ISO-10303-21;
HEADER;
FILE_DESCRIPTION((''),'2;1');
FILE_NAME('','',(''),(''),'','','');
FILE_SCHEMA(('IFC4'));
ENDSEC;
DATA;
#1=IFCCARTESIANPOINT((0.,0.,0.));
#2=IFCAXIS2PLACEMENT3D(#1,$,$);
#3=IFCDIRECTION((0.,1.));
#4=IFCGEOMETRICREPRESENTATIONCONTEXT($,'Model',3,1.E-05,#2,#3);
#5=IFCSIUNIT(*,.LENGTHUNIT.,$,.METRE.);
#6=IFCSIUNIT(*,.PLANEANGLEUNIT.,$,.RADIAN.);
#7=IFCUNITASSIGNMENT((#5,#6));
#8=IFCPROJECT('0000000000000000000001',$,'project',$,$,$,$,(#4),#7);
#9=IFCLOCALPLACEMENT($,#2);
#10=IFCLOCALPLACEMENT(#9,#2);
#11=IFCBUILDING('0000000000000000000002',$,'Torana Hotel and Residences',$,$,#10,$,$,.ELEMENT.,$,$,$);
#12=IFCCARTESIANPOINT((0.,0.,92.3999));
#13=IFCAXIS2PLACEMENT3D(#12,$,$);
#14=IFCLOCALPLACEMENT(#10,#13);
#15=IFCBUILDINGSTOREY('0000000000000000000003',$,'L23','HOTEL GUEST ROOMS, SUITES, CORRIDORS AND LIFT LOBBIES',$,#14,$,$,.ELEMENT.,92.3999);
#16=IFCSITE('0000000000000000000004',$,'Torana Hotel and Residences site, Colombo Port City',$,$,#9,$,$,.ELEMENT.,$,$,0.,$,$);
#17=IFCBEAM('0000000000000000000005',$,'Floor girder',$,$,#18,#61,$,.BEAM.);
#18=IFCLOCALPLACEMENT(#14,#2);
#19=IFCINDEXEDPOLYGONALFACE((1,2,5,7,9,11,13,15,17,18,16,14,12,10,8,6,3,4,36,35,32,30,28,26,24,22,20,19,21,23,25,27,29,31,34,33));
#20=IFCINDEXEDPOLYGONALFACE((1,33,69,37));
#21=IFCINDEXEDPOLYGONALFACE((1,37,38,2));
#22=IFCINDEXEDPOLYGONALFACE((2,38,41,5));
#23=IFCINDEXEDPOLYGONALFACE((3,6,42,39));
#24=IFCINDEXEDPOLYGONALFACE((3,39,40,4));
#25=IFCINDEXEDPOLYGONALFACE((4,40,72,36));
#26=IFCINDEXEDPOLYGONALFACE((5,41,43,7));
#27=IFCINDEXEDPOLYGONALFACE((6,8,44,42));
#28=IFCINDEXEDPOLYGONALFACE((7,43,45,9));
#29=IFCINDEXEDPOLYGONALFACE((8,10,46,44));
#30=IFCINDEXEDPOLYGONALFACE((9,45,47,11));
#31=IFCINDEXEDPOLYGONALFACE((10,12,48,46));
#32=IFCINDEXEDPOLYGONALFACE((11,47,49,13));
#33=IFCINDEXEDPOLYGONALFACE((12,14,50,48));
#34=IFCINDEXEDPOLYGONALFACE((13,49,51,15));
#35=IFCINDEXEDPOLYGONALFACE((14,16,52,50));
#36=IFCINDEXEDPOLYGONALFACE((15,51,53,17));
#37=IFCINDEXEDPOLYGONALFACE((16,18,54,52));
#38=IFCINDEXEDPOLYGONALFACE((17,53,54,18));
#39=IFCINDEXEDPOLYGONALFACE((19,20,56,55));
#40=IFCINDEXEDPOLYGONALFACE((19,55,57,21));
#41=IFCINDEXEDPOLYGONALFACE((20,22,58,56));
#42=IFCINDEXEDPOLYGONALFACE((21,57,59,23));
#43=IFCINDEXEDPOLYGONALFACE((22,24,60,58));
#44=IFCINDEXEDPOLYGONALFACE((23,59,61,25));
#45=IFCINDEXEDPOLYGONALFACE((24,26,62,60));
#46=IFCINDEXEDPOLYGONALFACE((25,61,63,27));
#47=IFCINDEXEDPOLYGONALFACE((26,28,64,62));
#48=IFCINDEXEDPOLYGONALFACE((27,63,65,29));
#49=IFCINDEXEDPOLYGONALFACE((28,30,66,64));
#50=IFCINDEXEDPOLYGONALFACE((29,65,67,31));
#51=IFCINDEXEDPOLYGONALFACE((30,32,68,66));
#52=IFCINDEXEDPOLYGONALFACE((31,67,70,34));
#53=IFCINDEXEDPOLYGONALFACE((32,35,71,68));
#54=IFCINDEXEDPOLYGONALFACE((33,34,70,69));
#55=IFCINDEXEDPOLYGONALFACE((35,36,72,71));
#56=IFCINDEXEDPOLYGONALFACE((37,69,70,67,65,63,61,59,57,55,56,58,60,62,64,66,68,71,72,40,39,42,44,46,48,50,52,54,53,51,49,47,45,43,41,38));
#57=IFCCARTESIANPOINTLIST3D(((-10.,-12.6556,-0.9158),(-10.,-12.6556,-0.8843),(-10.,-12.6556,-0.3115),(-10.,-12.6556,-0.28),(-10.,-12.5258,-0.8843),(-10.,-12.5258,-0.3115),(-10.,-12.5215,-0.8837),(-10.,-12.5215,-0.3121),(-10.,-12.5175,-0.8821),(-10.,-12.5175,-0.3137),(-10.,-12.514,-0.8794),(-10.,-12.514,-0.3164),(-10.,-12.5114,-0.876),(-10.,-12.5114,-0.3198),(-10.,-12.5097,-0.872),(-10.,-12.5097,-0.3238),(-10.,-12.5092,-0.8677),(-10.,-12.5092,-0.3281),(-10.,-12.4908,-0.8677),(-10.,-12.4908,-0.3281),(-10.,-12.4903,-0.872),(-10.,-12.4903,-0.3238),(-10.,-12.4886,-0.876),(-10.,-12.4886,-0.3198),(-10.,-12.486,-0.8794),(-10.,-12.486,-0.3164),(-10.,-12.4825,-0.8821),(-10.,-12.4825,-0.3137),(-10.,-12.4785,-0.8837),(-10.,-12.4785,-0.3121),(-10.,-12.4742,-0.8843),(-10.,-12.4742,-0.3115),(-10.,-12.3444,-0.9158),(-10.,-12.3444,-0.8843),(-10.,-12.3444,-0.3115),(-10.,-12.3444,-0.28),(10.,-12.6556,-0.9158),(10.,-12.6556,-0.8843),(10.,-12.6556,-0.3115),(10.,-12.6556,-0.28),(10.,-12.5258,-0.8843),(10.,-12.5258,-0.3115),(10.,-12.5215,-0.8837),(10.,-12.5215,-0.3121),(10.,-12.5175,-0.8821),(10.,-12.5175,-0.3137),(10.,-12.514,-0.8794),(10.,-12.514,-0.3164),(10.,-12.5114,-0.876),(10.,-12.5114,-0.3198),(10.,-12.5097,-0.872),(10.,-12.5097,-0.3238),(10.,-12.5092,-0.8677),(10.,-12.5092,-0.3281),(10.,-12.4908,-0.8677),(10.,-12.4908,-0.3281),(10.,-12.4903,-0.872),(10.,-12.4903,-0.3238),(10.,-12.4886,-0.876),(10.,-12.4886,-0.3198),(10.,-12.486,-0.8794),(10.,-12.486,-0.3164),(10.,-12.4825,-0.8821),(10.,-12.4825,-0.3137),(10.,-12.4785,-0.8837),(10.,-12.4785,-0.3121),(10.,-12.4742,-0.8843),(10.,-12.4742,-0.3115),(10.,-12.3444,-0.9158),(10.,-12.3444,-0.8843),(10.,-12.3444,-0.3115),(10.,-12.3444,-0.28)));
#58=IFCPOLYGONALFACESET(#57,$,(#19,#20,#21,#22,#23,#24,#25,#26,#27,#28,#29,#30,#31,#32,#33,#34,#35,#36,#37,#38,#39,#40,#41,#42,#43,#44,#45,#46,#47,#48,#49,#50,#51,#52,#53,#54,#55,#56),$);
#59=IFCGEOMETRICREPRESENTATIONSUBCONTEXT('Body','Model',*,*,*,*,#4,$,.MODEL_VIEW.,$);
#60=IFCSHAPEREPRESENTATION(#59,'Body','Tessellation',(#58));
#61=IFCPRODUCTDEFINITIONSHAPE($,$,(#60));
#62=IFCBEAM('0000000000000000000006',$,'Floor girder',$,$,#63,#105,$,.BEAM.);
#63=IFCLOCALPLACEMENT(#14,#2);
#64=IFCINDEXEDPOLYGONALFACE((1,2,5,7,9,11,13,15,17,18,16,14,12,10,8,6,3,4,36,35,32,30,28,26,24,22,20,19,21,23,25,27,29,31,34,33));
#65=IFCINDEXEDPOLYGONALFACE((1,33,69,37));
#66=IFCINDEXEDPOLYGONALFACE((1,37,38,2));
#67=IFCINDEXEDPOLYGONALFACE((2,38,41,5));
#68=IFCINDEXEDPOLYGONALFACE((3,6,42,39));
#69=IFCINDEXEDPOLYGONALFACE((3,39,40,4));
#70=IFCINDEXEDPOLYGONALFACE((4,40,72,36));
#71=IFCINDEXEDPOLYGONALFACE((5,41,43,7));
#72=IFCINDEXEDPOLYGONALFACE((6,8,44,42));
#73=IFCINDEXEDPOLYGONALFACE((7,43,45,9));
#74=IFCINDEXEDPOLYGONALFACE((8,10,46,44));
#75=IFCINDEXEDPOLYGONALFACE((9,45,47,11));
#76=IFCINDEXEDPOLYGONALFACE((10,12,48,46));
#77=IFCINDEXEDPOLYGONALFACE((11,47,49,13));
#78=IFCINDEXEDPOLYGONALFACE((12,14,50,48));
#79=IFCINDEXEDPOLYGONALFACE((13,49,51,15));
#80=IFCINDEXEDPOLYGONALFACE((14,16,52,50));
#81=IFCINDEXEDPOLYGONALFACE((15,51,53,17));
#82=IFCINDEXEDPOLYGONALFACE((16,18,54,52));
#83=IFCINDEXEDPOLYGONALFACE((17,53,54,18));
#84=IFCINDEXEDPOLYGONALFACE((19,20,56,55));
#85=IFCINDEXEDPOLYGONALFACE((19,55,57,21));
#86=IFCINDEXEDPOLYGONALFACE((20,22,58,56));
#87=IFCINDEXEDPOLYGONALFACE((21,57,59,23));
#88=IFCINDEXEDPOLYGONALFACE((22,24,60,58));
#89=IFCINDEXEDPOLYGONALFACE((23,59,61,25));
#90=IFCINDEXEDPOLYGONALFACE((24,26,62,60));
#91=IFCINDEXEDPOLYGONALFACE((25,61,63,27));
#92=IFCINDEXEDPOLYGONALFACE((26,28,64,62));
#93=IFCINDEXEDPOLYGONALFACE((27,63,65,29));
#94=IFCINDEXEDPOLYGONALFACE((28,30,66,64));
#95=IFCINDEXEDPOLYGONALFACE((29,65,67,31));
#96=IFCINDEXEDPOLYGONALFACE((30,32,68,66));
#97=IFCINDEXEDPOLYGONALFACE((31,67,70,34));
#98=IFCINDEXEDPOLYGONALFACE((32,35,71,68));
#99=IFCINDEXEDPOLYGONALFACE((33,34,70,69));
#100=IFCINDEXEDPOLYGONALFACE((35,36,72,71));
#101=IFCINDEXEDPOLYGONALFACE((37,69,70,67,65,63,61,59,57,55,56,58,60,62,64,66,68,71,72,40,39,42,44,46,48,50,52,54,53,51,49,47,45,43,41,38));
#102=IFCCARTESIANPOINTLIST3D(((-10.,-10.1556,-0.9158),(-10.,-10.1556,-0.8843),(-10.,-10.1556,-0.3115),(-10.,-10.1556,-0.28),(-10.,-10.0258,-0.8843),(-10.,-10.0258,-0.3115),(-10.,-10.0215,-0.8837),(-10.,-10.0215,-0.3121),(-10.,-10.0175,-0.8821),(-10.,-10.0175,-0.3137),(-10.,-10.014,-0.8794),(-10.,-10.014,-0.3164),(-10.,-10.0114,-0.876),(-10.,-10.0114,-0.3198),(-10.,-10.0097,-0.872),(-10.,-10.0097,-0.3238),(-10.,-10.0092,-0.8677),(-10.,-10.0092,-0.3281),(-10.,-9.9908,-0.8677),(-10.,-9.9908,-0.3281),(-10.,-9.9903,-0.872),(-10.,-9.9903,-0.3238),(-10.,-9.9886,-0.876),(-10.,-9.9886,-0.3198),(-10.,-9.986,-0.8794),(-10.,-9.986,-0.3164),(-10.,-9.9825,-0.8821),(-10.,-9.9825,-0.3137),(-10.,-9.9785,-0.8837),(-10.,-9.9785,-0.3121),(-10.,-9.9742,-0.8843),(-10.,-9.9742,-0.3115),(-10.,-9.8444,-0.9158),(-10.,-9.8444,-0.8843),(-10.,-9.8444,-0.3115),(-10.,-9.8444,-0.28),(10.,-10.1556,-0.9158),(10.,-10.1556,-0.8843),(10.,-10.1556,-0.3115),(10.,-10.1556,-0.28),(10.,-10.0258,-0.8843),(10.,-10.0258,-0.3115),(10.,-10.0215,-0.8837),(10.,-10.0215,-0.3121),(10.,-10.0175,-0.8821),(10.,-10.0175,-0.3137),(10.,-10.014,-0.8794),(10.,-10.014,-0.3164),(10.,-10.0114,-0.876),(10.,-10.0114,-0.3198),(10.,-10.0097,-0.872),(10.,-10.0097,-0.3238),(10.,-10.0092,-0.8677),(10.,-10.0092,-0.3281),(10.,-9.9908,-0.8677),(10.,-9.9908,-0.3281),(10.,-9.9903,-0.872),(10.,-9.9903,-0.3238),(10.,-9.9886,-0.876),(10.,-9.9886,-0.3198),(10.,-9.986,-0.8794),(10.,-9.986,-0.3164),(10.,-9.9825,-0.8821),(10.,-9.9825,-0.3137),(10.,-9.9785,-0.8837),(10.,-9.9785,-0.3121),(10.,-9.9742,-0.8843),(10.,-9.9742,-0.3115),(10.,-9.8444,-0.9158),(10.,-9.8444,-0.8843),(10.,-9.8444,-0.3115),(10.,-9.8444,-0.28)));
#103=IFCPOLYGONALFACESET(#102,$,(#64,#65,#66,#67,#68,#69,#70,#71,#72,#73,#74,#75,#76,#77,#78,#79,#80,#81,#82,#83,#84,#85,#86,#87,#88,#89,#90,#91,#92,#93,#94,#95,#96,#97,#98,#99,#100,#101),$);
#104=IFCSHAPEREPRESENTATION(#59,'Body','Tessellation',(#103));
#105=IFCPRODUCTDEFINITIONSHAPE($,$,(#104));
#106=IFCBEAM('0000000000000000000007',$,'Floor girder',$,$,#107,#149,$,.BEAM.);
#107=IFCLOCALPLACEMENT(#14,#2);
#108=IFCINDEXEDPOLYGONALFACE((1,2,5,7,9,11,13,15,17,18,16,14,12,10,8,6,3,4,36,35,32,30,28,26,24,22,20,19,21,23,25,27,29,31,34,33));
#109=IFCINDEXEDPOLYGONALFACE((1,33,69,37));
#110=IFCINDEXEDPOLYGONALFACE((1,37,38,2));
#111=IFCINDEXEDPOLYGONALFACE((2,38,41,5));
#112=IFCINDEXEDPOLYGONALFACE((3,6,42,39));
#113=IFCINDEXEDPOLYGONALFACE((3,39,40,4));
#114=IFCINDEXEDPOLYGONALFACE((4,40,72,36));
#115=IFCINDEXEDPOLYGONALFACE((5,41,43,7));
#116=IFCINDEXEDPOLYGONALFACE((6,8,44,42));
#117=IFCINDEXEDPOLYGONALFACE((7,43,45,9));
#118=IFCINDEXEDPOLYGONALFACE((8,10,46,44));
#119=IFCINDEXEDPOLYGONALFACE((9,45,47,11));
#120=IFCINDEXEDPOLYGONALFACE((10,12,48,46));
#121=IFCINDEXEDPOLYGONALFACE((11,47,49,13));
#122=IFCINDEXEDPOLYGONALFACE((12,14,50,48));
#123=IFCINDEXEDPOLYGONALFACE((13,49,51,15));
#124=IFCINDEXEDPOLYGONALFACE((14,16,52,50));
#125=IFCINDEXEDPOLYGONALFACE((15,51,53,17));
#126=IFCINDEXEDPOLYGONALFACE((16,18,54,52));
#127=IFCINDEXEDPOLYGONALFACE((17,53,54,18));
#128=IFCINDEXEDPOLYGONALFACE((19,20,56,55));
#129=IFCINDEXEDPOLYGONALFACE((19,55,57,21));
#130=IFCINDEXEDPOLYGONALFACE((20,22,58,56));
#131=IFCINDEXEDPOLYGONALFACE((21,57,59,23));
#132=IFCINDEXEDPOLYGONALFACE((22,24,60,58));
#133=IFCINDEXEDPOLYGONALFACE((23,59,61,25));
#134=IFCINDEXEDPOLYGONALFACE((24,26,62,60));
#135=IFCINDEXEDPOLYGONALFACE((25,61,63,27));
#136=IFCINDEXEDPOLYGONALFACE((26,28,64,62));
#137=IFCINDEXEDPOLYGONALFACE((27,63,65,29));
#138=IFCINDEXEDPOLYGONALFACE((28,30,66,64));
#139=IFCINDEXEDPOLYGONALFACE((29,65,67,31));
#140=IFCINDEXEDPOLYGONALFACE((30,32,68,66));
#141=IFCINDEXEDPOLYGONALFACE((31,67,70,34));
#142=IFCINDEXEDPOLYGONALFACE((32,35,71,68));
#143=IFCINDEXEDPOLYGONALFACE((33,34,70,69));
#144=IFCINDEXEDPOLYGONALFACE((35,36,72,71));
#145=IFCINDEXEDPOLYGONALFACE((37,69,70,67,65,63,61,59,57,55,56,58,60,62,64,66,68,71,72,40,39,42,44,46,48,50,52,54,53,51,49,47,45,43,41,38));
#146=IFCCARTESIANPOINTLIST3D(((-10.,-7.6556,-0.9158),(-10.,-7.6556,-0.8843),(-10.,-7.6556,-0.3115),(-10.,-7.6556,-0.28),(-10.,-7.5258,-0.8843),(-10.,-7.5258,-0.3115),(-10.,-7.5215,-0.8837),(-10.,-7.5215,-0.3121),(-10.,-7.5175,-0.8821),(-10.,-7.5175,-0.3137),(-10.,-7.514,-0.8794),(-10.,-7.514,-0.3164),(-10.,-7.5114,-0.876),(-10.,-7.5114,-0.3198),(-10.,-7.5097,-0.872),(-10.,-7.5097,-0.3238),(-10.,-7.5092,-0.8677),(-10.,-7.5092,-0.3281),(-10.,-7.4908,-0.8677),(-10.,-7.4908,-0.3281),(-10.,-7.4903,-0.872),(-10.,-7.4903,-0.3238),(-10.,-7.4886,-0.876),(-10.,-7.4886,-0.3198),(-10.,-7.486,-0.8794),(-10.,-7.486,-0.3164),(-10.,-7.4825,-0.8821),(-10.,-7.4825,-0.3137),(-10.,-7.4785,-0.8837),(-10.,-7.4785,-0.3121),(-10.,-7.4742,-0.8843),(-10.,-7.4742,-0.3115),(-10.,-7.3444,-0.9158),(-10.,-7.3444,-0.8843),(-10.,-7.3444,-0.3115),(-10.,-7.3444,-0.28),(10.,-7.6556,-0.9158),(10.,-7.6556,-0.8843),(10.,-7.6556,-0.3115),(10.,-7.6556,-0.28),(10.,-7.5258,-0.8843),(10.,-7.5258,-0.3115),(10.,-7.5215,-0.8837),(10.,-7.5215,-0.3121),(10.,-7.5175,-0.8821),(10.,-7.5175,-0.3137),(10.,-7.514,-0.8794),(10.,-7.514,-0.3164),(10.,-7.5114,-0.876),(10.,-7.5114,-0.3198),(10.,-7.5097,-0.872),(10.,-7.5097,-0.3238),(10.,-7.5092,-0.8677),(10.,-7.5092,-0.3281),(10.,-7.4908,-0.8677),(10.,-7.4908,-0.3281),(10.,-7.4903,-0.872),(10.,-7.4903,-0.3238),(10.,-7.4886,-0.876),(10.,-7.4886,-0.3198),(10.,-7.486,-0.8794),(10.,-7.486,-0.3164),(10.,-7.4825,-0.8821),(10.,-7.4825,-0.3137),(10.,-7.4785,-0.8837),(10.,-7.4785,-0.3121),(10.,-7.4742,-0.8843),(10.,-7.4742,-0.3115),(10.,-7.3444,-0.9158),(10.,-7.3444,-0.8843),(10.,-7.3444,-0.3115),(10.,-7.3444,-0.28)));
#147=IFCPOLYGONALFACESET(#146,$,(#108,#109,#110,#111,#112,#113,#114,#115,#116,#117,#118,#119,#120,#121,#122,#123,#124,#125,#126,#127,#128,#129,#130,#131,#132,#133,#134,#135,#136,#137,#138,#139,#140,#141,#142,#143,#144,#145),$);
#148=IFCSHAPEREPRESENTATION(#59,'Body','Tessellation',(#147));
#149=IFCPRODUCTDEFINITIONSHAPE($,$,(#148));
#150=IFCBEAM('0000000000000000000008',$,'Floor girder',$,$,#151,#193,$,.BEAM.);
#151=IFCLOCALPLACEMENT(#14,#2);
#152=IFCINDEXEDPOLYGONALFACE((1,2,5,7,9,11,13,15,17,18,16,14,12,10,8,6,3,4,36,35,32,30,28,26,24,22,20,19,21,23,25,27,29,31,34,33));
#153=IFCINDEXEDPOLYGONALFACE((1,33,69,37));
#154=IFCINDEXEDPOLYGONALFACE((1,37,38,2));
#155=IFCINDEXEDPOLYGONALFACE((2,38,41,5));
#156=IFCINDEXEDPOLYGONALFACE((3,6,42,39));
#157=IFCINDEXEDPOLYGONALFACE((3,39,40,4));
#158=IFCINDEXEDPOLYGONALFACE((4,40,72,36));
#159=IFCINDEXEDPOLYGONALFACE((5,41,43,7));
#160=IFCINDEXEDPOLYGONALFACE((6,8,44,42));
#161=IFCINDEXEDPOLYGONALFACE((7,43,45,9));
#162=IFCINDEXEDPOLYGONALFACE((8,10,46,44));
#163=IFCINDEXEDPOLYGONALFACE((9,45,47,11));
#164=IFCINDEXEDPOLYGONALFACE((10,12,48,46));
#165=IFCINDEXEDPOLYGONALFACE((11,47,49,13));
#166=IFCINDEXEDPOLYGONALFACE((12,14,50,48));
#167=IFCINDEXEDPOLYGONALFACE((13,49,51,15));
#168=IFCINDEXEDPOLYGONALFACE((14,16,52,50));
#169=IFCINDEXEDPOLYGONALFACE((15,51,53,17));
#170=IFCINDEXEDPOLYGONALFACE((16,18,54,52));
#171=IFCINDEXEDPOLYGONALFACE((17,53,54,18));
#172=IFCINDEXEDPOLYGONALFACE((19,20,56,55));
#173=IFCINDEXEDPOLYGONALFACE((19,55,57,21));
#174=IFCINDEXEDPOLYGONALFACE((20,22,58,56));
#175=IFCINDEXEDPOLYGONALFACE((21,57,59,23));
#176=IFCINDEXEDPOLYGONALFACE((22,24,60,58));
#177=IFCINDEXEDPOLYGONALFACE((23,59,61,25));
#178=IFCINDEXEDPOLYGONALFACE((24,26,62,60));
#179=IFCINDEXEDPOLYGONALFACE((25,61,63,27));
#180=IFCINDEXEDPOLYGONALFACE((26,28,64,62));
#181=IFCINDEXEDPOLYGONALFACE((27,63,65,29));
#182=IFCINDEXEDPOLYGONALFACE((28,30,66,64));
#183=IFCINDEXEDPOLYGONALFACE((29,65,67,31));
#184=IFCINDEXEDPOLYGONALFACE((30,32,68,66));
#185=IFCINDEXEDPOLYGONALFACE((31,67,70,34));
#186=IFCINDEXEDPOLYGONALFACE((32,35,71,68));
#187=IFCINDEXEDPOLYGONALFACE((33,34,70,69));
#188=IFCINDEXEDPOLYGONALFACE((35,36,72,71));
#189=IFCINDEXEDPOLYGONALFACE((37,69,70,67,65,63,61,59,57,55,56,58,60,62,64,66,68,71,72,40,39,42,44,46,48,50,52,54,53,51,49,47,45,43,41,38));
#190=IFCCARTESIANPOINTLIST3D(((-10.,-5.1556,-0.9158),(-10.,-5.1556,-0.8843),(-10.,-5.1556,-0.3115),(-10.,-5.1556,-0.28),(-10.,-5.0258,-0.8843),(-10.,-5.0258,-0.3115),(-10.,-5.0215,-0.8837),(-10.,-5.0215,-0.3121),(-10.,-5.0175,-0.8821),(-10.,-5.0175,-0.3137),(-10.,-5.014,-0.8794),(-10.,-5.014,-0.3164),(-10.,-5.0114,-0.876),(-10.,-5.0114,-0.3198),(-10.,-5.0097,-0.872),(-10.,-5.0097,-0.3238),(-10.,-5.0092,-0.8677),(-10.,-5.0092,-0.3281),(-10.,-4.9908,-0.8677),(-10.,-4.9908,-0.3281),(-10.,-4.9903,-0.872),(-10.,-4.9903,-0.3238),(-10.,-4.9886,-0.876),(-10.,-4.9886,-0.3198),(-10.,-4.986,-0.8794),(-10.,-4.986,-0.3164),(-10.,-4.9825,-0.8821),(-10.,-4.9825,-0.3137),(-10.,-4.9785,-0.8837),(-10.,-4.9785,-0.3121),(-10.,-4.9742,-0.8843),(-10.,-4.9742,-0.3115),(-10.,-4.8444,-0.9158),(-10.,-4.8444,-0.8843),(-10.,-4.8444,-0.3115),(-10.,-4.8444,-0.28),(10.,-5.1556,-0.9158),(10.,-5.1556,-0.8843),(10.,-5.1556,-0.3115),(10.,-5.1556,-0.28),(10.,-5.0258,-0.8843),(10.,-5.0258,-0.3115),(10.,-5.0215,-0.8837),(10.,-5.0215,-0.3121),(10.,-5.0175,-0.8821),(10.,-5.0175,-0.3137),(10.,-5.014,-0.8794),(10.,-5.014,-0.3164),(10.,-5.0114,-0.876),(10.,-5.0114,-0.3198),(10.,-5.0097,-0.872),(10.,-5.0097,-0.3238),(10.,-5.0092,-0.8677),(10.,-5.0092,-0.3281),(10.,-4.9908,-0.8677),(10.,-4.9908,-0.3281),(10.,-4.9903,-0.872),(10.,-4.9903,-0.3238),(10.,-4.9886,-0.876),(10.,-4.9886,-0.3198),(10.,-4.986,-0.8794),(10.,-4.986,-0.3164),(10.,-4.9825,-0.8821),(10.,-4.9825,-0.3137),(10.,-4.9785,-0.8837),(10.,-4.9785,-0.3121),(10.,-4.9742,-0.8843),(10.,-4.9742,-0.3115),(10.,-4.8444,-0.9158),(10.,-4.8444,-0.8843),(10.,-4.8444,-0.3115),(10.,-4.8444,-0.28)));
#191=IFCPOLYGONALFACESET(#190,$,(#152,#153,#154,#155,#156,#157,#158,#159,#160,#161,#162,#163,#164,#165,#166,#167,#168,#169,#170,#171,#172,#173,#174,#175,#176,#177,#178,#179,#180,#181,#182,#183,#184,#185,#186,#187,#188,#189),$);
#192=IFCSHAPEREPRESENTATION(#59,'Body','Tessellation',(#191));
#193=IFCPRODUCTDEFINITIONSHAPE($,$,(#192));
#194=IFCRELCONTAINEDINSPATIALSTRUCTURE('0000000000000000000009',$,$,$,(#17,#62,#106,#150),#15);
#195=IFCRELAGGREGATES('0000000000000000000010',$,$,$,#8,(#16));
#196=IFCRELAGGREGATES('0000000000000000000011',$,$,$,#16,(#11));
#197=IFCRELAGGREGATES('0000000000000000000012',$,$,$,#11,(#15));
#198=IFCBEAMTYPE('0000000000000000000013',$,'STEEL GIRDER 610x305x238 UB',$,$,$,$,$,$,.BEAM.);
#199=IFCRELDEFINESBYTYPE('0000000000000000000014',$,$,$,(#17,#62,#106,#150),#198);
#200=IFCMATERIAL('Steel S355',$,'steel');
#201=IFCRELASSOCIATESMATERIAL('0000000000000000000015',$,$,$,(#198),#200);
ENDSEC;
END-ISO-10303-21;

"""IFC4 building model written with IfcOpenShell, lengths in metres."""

from ifc_helpers import new_model, si_unit, direction, frame, origin, origin_2d, place, context, subcontext, project, spatial, i_section, extrude, material, material_profile, profile_set, type_object, element, save


model = new_model("IFC4")

# Units and contexts
model_context = context("Model", 3, precision=1e-05, world=origin(), true_north=direction((0.0, 1.0)))
body_context = subcontext(model_context, "Body", "Model", "MODEL_VIEW")
ifc_project = project(units=[si_unit("LENGTHUNIT", "METRE"), si_unit("PLANEANGLEUNIT", "RADIAN")], contexts=[model_context])

# Site, building, storey
site_placement = place(None, origin())
site = spatial("IfcSite", under=ifc_project, at=site_placement, Name="Torana Hotel and Residences site, Colombo Port City", CompositionType="ELEMENT", RefElevation=0.0)
building_placement = place(site_placement, origin())
building = spatial("IfcBuilding", under=site, at=building_placement, Name="Torana Hotel and Residences", CompositionType="ELEMENT")
storey_placement = place(building_placement, frame((0.0, 0.0, 92.3999)))
storey = spatial("IfcBuildingStorey", under=building, at=storey_placement, Name="L23", Description="HOTEL GUEST ROOMS, SUITES, CORRIDORS AND LIFT LOBBIES", CompositionType="ELEMENT", Elevation=92.3999)

# Beams
ifc_material_1 = material(Name="Steel S355", Category="steel")
ifc_material_profile = material_profile(ifc_material_1, i_section(OverallWidth=0.3113, OverallDepth=0.6357, WebThickness=0.0183, FlangeThickness=0.0315, FilletRadius=0.0166, at=origin_2d()), Name="610x305x238 UB")
ifc_profile_set = profile_set([ifc_material_profile], Name="Steel S355")
beam_type = type_object("IfcBeamType", Name="STEEL GIRDER 610x305x238 UB", PredefinedType="BEAM", material=ifc_profile_set)
for number, where, z_axis, x_axis, name in (
    (1, (-10.0, -12.5, -0.5979), (1.0, 0.0, 0.0), (0.0, 1.0, 0.0), "Floor girder"),
    (2, (-10.0, -10.0, -0.5979), (1.0, 0.0, 0.0), (0.0, 1.0, 0.0), "Floor girder"),
    (3, (-10.0, -7.5, -0.5979), (1.0, 0.0, 0.0), (0.0, 1.0, 0.0), "Floor girder"),
    (4, (-10.0, -5.0, -0.5979), (1.0, 0.0, 0.0), (0.0, 1.0, 0.0), "Floor girder"),
):
    element("IfcBeam", number, at=place(storey_placement, frame(where, z_axis=z_axis, x_axis=x_axis)), inside=storey, type_object=beam_type, Name=name, PredefinedType="BEAM", context=body_context, shape_type="SweptSolid", body=[
        extrude(i_section(OverallWidth=0.3113, OverallDepth=0.6357, WebThickness=0.0183, FlangeThickness=0.0315, FilletRadius=0.0166, at=origin_2d()), origin(), (0.0, 0.0, 1.0), 20.0),
    ])

save(model, "model.ifc")
